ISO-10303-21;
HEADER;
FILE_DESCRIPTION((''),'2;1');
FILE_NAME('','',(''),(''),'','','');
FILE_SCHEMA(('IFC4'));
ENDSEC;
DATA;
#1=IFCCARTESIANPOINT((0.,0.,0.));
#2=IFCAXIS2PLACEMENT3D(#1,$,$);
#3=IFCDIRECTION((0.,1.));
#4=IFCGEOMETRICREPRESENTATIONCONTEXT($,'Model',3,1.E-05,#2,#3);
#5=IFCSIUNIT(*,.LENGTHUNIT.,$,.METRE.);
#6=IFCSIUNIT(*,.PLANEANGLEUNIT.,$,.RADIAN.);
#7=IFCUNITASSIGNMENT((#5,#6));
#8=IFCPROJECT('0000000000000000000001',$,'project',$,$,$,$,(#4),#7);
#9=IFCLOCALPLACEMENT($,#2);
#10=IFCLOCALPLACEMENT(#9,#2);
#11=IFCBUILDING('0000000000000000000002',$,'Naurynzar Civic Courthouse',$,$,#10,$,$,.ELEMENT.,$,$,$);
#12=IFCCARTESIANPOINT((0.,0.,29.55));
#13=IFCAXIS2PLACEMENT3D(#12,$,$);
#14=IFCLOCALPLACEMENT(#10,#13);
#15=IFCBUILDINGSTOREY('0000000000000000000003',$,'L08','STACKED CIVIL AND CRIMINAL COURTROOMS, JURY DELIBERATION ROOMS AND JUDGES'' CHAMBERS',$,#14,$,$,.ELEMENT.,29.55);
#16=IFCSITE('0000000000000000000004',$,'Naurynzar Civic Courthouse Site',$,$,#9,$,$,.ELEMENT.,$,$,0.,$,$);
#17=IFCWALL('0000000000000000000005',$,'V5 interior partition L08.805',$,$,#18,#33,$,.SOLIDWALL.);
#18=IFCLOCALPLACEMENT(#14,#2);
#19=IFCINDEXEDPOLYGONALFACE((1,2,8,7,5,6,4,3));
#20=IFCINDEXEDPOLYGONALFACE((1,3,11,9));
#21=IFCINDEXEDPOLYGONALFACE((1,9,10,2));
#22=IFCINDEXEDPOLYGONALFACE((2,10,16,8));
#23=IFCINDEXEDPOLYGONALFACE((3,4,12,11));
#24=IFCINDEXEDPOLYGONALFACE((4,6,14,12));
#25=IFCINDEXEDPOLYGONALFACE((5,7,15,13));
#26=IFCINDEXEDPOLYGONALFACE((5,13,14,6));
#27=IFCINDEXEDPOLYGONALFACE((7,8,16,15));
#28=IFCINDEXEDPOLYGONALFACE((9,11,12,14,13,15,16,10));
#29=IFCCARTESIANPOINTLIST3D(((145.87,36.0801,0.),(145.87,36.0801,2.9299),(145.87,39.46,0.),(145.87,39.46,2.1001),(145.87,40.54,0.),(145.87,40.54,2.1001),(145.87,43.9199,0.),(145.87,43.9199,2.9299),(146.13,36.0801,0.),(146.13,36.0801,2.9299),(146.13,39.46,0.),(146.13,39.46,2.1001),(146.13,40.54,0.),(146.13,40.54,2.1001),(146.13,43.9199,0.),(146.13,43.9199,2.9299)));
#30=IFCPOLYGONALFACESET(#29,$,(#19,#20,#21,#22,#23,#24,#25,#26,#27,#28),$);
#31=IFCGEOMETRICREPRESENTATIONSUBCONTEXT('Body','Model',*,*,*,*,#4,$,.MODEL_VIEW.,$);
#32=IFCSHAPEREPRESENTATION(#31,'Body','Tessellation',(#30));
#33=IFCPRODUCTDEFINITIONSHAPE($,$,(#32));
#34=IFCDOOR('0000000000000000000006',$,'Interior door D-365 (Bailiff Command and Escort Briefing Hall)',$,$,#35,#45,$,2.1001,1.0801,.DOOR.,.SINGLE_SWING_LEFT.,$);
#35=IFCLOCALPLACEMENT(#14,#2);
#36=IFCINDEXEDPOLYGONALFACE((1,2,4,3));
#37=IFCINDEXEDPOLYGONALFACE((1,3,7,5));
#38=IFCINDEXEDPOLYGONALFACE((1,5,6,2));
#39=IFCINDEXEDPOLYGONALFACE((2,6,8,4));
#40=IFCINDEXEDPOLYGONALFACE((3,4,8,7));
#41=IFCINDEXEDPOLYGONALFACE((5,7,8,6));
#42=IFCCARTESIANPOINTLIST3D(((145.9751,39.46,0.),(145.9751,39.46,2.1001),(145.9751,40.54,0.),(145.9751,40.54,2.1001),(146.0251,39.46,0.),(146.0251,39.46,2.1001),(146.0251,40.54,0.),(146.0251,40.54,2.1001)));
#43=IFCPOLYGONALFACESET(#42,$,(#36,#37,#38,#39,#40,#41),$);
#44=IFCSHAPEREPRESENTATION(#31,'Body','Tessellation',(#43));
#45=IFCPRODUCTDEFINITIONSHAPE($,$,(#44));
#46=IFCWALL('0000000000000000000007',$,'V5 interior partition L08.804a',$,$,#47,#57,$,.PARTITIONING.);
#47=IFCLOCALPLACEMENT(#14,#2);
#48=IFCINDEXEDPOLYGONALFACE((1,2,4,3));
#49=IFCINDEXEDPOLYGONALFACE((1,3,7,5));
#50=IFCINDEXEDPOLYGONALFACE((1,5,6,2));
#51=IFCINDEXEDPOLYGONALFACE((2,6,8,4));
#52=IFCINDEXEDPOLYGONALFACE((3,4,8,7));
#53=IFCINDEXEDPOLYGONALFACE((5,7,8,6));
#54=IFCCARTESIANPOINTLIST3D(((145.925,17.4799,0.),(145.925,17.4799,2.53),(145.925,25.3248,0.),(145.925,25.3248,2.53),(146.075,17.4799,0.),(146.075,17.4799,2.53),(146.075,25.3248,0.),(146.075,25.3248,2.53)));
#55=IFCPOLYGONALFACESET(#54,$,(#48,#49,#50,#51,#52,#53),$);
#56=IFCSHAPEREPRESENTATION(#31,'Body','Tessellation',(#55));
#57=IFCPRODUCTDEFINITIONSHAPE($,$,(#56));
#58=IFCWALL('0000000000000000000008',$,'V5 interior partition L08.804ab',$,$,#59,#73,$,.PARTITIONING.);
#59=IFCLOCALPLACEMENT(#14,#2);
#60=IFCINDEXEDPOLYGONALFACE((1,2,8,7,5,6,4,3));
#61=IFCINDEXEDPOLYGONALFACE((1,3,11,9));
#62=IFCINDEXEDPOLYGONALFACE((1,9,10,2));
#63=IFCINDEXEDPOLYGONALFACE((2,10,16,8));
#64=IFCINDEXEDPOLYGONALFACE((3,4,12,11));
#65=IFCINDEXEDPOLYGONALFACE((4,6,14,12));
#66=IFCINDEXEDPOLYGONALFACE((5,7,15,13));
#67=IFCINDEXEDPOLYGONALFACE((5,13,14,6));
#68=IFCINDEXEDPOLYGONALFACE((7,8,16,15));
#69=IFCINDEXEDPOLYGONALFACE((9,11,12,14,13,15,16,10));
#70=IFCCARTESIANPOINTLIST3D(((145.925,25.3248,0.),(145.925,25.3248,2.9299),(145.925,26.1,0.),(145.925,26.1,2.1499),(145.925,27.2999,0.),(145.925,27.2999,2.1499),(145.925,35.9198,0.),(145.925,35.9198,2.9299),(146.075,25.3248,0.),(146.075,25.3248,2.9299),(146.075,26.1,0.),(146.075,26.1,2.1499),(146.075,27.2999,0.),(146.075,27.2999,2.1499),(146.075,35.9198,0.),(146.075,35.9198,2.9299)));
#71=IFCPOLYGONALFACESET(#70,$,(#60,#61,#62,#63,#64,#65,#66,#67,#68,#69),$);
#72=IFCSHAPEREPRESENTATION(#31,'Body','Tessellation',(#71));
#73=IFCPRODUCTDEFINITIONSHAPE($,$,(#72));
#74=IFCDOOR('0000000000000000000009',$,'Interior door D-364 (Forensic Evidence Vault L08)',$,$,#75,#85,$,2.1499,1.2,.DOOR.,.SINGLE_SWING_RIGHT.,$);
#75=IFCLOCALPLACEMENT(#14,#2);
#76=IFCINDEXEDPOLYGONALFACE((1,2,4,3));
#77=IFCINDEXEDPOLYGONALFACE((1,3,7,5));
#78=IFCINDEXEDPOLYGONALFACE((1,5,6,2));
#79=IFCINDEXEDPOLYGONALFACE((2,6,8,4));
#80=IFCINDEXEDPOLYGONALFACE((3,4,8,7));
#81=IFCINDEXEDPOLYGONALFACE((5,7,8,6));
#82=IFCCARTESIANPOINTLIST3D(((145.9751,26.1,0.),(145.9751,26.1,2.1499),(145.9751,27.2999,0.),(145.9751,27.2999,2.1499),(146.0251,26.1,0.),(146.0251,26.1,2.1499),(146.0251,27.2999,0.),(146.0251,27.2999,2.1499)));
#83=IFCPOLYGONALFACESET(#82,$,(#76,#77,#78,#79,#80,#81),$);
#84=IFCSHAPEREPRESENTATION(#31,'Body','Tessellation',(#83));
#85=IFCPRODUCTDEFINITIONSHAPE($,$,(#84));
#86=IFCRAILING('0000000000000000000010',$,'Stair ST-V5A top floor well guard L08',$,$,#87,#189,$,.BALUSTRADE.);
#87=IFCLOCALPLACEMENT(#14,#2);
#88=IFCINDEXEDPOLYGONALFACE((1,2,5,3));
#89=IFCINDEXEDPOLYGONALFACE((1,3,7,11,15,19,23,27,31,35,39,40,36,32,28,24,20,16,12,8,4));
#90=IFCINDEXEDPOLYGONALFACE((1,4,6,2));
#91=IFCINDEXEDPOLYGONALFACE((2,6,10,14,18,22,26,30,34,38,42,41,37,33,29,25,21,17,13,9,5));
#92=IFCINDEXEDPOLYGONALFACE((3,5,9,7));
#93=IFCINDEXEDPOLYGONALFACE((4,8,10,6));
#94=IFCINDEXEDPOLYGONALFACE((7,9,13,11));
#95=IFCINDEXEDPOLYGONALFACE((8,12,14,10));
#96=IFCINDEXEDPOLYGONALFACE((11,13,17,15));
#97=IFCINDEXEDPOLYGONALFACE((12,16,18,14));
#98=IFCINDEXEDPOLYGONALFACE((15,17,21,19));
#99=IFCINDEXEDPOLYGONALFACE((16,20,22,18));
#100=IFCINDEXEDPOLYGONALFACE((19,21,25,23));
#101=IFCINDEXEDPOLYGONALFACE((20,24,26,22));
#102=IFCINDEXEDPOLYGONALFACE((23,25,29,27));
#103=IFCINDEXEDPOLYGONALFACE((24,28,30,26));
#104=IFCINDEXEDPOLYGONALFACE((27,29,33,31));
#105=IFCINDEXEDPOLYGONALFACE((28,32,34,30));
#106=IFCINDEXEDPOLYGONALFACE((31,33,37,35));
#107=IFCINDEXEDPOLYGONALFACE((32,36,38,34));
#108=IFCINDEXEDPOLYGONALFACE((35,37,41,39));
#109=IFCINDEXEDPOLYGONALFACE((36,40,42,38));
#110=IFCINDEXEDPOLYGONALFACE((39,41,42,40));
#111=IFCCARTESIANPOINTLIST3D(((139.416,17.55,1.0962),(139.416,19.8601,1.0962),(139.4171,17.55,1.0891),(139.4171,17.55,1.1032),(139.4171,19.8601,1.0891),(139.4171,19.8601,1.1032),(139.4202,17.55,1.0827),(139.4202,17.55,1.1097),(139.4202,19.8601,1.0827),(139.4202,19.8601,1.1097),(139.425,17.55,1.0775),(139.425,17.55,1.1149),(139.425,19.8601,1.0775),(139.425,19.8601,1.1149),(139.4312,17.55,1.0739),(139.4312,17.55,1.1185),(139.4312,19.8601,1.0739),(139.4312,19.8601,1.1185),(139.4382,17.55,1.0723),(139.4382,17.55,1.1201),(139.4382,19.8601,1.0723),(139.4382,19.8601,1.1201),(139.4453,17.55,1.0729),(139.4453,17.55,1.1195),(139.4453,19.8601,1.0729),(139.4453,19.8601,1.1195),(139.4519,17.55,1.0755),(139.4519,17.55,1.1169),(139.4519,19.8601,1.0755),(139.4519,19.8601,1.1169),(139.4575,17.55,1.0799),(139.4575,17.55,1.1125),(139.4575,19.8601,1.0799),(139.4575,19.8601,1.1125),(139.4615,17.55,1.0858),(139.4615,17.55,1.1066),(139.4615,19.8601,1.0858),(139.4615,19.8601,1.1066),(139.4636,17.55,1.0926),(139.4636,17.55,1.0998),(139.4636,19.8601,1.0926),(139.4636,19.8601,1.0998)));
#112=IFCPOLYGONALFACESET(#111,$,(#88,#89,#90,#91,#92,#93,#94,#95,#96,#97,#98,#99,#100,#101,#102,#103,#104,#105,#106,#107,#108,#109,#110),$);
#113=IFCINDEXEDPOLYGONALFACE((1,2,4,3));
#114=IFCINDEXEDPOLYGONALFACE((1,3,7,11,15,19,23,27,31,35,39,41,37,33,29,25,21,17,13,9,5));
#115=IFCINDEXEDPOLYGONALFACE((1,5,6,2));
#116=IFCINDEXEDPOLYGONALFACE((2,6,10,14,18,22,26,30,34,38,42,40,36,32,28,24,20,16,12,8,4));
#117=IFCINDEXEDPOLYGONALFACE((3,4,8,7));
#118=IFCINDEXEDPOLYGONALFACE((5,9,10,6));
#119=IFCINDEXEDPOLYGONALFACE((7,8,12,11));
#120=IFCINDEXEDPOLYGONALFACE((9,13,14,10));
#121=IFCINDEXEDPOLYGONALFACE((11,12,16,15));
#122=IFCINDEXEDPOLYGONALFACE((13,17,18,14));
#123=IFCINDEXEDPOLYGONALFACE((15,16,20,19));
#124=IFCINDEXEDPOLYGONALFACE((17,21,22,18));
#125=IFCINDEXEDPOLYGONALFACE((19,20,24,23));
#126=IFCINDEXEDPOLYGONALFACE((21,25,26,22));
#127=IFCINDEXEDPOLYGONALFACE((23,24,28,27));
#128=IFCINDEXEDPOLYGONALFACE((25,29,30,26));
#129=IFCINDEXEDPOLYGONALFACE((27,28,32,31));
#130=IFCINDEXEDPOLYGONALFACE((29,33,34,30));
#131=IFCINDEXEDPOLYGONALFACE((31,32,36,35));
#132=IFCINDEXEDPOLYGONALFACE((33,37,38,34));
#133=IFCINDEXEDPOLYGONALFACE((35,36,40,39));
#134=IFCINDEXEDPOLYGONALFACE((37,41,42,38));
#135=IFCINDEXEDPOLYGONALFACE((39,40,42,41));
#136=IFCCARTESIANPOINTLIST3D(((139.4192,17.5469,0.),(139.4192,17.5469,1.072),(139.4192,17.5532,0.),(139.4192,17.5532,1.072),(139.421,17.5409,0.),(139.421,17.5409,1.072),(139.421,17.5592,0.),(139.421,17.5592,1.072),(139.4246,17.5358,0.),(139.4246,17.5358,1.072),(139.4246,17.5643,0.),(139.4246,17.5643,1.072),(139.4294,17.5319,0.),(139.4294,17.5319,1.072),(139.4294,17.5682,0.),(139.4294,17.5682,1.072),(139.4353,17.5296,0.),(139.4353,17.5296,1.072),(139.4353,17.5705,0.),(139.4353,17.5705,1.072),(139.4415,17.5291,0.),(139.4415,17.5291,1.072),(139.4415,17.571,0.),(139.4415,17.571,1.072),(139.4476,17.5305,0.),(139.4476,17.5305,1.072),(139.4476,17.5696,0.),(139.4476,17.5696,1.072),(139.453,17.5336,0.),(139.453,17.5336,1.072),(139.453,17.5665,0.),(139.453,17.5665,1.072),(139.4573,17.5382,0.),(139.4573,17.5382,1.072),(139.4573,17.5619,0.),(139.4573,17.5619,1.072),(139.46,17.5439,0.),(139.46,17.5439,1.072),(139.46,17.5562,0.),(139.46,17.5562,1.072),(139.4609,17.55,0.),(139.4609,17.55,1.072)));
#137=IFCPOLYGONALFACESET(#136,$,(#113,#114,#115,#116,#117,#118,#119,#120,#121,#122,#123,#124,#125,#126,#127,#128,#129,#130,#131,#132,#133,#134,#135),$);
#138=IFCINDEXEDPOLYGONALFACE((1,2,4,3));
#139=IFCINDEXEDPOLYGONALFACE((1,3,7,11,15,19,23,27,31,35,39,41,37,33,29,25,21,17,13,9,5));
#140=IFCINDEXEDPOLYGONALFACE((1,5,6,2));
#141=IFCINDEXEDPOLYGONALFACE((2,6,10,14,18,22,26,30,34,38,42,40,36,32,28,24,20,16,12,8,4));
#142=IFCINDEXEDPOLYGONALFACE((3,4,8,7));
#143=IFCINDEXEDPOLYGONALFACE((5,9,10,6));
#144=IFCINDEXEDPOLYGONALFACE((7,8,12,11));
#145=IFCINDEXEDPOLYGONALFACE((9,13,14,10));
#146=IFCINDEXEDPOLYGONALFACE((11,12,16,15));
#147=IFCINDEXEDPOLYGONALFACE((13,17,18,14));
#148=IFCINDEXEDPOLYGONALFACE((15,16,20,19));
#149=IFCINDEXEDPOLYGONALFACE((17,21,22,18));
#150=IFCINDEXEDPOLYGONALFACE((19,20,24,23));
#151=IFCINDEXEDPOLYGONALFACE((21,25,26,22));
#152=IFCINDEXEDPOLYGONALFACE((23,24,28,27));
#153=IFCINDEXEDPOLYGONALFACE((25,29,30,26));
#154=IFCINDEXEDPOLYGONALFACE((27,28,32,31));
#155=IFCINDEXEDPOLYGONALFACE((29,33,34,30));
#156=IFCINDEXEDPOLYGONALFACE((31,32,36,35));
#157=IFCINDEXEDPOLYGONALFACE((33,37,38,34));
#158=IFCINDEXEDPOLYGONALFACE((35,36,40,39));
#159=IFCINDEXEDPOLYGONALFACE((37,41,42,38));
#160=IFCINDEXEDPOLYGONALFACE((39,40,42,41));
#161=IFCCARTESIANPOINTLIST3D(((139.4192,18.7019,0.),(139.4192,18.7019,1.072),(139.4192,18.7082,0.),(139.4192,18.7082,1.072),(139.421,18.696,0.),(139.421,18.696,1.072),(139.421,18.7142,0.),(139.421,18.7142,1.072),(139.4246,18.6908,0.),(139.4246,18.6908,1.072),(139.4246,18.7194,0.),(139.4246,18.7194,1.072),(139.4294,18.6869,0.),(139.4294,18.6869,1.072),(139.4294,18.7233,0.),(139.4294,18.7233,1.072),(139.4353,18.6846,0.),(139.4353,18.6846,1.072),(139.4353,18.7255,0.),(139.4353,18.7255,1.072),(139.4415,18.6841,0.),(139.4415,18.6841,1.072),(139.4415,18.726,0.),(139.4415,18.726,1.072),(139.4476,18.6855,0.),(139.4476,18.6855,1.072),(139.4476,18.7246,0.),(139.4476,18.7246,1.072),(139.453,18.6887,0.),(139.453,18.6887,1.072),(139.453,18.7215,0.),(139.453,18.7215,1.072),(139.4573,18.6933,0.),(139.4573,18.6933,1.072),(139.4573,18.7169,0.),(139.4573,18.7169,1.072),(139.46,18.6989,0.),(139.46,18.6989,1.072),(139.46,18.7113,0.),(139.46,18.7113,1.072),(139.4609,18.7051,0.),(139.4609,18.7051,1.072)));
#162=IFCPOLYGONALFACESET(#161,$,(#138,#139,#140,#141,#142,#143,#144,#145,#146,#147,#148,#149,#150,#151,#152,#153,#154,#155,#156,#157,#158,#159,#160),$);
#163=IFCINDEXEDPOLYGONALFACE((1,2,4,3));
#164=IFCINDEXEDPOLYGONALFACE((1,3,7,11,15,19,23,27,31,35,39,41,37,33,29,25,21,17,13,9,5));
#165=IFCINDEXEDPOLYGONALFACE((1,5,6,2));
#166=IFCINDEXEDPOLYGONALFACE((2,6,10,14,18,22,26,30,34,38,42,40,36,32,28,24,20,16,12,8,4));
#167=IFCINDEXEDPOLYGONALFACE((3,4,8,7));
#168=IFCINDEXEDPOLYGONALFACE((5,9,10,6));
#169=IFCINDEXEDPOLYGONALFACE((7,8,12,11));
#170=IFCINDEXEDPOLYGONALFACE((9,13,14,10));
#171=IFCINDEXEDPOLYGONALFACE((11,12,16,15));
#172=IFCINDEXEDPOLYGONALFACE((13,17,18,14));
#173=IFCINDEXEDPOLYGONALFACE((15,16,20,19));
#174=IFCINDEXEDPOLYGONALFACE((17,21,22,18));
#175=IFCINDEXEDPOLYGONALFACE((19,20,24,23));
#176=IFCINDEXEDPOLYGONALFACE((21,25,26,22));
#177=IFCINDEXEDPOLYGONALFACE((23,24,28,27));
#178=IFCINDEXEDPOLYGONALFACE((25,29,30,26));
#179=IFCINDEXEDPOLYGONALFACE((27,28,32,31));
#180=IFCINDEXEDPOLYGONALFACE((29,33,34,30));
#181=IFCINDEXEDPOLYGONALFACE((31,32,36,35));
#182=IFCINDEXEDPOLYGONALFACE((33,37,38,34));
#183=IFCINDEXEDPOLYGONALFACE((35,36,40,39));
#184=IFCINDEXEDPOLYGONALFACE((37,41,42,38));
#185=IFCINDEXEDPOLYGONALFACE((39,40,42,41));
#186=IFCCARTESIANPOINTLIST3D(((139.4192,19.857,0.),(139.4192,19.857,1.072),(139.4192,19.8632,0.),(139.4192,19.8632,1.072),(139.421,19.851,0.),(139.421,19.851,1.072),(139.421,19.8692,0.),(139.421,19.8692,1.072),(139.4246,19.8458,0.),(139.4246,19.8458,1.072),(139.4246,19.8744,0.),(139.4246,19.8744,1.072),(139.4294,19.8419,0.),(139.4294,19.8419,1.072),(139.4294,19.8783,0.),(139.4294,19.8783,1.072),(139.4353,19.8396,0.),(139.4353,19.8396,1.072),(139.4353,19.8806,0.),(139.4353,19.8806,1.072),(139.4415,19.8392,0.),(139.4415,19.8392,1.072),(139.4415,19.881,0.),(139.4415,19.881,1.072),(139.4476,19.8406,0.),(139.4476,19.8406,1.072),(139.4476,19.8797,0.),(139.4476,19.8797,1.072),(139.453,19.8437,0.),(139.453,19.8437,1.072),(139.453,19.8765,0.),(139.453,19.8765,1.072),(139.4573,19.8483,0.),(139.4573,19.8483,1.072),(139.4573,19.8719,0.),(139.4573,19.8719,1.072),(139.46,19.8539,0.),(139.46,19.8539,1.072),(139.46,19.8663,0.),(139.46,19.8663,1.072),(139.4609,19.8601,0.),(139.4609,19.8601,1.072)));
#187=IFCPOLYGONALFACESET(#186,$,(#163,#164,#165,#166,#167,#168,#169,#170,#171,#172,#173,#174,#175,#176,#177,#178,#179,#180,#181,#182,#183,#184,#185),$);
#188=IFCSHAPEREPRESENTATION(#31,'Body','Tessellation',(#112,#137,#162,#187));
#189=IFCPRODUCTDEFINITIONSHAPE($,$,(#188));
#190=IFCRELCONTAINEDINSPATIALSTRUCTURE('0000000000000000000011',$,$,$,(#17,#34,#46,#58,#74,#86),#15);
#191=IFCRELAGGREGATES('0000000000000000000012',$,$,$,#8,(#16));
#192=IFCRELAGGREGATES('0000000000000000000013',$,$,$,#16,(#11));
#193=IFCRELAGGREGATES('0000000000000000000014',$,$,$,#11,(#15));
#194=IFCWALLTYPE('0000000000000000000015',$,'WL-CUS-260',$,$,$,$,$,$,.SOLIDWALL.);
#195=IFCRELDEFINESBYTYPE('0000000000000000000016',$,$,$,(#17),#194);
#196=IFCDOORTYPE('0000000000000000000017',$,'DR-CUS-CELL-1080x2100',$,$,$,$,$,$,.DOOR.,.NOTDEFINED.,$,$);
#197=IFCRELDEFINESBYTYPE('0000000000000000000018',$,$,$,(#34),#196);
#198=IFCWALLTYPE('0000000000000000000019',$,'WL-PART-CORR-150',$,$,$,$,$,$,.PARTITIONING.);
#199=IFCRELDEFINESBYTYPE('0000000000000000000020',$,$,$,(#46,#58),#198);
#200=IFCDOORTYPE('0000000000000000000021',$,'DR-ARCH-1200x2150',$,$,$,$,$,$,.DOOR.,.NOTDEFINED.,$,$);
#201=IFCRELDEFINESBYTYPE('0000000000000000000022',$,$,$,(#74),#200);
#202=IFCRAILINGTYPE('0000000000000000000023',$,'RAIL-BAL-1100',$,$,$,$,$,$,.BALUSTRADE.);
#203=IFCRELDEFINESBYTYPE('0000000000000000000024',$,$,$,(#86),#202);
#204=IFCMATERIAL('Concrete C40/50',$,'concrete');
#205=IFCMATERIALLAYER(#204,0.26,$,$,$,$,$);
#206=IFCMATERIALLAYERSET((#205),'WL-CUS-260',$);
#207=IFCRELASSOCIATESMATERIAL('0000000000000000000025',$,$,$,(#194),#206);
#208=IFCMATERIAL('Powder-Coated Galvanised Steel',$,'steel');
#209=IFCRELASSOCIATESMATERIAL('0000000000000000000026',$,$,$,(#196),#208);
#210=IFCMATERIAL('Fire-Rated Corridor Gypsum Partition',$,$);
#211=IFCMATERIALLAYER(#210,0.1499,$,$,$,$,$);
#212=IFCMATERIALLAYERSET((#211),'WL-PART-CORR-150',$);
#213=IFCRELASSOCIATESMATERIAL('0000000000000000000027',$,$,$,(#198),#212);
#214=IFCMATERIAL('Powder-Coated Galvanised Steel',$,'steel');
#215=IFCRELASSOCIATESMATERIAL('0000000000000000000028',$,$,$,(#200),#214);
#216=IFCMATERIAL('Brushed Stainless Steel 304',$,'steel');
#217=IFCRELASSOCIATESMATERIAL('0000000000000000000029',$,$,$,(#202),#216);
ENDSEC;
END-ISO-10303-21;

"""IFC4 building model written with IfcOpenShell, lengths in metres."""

from ifc_helpers import new_model, si_unit, direction, frame, frame_2d, origin, origin_2d, place, context, subcontext, project, spatial, rectangle, circle, extrude, material, layer, layer_set, type_object, element, fill, save


model = new_model("IFC4")

# Units and contexts
model_context = context("Model", 3, precision=1e-05, world=origin(), true_north=direction((0.0, 1.0)))
body_context = subcontext(model_context, "Body", "Model", "MODEL_VIEW")
ifc_project = project(units=[si_unit("LENGTHUNIT", "METRE"), si_unit("PLANEANGLEUNIT", "RADIAN")], contexts=[model_context])

# Site, building, storey
site_placement = place(None, origin())
site = spatial("IfcSite", under=ifc_project, at=site_placement, Name="Naurynzar Civic Courthouse Site", CompositionType="ELEMENT", RefElevation=0.0)
building_placement = place(site_placement, origin())
building = spatial("IfcBuilding", under=site, at=building_placement, Name="Naurynzar Civic Courthouse", CompositionType="ELEMENT")
storey_placement = place(building_placement, frame((0.0, 0.0, 29.55)))
storey = spatial("IfcBuildingStorey", under=building, at=storey_placement, Name="L08", Description="STACKED CIVIL AND CRIMINAL COURTROOMS, JURY DELIBERATION ROOMS AND JUDGES' CHAMBERS", CompositionType="ELEMENT", Elevation=29.55)

# Shared definitions
ifc_material_1 = material(Name="Concrete C40/50", Category="concrete")
ifc_layer_1 = layer(ifc_material_1, 0.26)
ifc_layer_set_1 = layer_set([ifc_layer_1], Name="WL-CUS-260")
wall_type_1 = type_object("IfcWallType", Name="WL-CUS-260", PredefinedType="SOLIDWALL", material=ifc_layer_set_1)

# Wall, opening, door
wall_1_placement = place(storey_placement, frame((146.0, 36.0801, 0.0), z_axis=(0.0, 0.0, 1.0), x_axis=(0.0, 1.0, 0.0)))
wall_1 = element("IfcWall", 1, at=wall_1_placement, inside=storey, type_object=wall_type_1, Name="V5 interior partition L08.805", PredefinedType="SOLIDWALL", context=body_context, shape_type="SweptSolid", body=[
    extrude(rectangle(XDim=7.8398, YDim=0.26, at=frame_2d((3.9199, 0.0))), origin(), (0.0, 0.0, 1.0), 2.9299),
])
opening_1_placement = place(wall_1_placement, frame((3.3799, 0.0, 0.0)))
opening_1 = element("IfcOpeningElement", 2, at=opening_1_placement, cuts=wall_1, PredefinedType="OPENING", context=body_context, shape_type="SweptSolid", body=[
    extrude(rectangle(XDim=1.0801, YDim=2.1001, at=frame_2d((0.54, 1.05))), frame((0.0, 0.1399, 0.0), z_axis=(0.0, -1.0, 0.0), x_axis=(1.0, 0.0, 0.0)), (0.0, 0.0, 1.0), 0.28),
])
ifc_material_2 = material(Name="Powder-Coated Galvanised Steel", Category="steel")
door_type_1 = type_object("IfcDoorType", Name="DR-CUS-CELL-1080x2100", OperationType="NOTDEFINED", PredefinedType="DOOR", material=ifc_material_2)
door_1_placement = place(opening_1_placement, origin())
door_1 = element("IfcDoor", 3, at=door_1_placement, inside=storey, type_object=door_type_1, Name="Interior door D-365 (Bailiff Command and Escort Briefing Hall)", OperationType="SINGLE_SWING_LEFT", OverallHeight=2.1001, OverallWidth=1.0801, PredefinedType="DOOR", context=body_context, shape_type="SweptSolid", body=[
    extrude(rectangle(XDim=1.0801, YDim=2.1001, at=frame_2d((0.54, 1.05))), frame((0.0, 0.0249, 0.0), z_axis=(0.0, -1.0, 0.0), x_axis=(1.0, 0.0, 0.0)), (0.0, 0.0, 1.0), 0.05),
])
fill(opening_1, door_1)

# Wall
ifc_material_3 = material(Name="Fire-Rated Corridor Gypsum Partition")
ifc_layer_2 = layer(ifc_material_3, 0.1499)
ifc_layer_set_2 = layer_set([ifc_layer_2], Name="WL-PART-CORR-150")
wall_type_2 = type_object("IfcWallType", Name="WL-PART-CORR-150", PredefinedType="PARTITIONING", material=ifc_layer_set_2)
wall_2_placement = place(storey_placement, frame((146.0, 17.48, 0.0), z_axis=(0.0, 0.0, 1.0), x_axis=(0.0, 1.0, 0.0)))
element("IfcWall", 4, at=wall_2_placement, inside=storey, type_object=wall_type_2, Name="V5 interior partition L08.804a", PredefinedType="PARTITIONING", context=body_context, shape_type="SweptSolid", body=[
    extrude(rectangle(XDim=7.845, YDim=0.1499, at=frame_2d((3.9224, 0.0))), origin(), (0.0, 0.0, 1.0), 2.53),
])

# Wall, opening, door
wall_3_placement = place(storey_placement, frame((146.0, 25.325, 0.0), z_axis=(0.0, 0.0, 1.0), x_axis=(0.0, 1.0, 0.0)))
wall_3 = element("IfcWall", 5, at=wall_3_placement, inside=storey, type_object=wall_type_2, Name="V5 interior partition L08.804ab", PredefinedType="PARTITIONING", context=body_context, shape_type="SweptSolid", body=[
    extrude(rectangle(XDim=10.595, YDim=0.1499, at=frame_2d((5.2974, 0.0))), origin(), (0.0, 0.0, 1.0), 2.9299),
])
opening_2_placement = place(wall_3_placement, frame((0.7749, 0.0, 0.0)))
opening_2 = element("IfcOpeningElement", 6, at=opening_2_placement, cuts=wall_3, PredefinedType="OPENING", context=body_context, shape_type="SweptSolid", body=[
    extrude(rectangle(XDim=1.2, YDim=2.1499, at=frame_2d((0.6001, 1.075))), frame((0.0, 0.085, 0.0), z_axis=(0.0, -1.0, 0.0), x_axis=(1.0, 0.0, 0.0)), (0.0, 0.0, 1.0), 0.1699),
])
ifc_material_4 = material(Name="Powder-Coated Galvanised Steel", Category="steel")
door_type_2 = type_object("IfcDoorType", Name="DR-ARCH-1200x2150", OperationType="NOTDEFINED", PredefinedType="DOOR", material=ifc_material_4)
door_2_placement = place(opening_2_placement, origin())
door_2 = element("IfcDoor", 7, at=door_2_placement, inside=storey, type_object=door_type_2, Name="Interior door D-364 (Forensic Evidence Vault L08)", OperationType="SINGLE_SWING_RIGHT", OverallHeight=2.1499, OverallWidth=1.2, PredefinedType="DOOR", context=body_context, shape_type="SweptSolid", body=[
    extrude(rectangle(XDim=1.2, YDim=2.1499, at=frame_2d((0.6001, 1.075))), frame((0.0, 0.0249, 0.0), z_axis=(0.0, -1.0, 0.0), x_axis=(1.0, 0.0, 0.0)), (0.0, 0.0, 1.0), 0.05),
])
fill(opening_2, door_2)

# Railing
ifc_material_5 = material(Name="Brushed Stainless Steel 304", Category="steel")
railing_type = type_object("IfcRailingType", Name="RAIL-BAL-1100", PredefinedType="BALUSTRADE", material=ifc_material_5)
railing_placement = place(storey_placement, frame((139.4399, 17.55, 0.0)))
element("IfcRailing", 8, at=railing_placement, inside=storey, type_object=railing_type, Name="Stair ST-V5A top floor well guard L08", PredefinedType="BALUSTRADE", context=body_context, shape_type="SweptSolid", body=[
    extrude(circle(Radius=0.0239, at=origin_2d()), frame((0.0, 0.0, 1.0962), z_axis=(0.0, 1.0, 0.0), x_axis=(-1.0, 0.0, 0.0)), (0.0, 0.0, 1.0), 2.3101),
    extrude(circle(Radius=0.021, at=origin_2d()), origin(), (0.0, 0.0, 1.0), 1.072),
    extrude(circle(Radius=0.021, at=origin_2d()), frame((0.0, 1.155, 0.0)), (0.0, 0.0, 1.0), 1.072),
    extrude(circle(Radius=0.021, at=origin_2d()), frame((0.0, 2.3101, 0.0)), (0.0, 0.0, 1.0), 1.072),
])

save(model, "model.ifc")
